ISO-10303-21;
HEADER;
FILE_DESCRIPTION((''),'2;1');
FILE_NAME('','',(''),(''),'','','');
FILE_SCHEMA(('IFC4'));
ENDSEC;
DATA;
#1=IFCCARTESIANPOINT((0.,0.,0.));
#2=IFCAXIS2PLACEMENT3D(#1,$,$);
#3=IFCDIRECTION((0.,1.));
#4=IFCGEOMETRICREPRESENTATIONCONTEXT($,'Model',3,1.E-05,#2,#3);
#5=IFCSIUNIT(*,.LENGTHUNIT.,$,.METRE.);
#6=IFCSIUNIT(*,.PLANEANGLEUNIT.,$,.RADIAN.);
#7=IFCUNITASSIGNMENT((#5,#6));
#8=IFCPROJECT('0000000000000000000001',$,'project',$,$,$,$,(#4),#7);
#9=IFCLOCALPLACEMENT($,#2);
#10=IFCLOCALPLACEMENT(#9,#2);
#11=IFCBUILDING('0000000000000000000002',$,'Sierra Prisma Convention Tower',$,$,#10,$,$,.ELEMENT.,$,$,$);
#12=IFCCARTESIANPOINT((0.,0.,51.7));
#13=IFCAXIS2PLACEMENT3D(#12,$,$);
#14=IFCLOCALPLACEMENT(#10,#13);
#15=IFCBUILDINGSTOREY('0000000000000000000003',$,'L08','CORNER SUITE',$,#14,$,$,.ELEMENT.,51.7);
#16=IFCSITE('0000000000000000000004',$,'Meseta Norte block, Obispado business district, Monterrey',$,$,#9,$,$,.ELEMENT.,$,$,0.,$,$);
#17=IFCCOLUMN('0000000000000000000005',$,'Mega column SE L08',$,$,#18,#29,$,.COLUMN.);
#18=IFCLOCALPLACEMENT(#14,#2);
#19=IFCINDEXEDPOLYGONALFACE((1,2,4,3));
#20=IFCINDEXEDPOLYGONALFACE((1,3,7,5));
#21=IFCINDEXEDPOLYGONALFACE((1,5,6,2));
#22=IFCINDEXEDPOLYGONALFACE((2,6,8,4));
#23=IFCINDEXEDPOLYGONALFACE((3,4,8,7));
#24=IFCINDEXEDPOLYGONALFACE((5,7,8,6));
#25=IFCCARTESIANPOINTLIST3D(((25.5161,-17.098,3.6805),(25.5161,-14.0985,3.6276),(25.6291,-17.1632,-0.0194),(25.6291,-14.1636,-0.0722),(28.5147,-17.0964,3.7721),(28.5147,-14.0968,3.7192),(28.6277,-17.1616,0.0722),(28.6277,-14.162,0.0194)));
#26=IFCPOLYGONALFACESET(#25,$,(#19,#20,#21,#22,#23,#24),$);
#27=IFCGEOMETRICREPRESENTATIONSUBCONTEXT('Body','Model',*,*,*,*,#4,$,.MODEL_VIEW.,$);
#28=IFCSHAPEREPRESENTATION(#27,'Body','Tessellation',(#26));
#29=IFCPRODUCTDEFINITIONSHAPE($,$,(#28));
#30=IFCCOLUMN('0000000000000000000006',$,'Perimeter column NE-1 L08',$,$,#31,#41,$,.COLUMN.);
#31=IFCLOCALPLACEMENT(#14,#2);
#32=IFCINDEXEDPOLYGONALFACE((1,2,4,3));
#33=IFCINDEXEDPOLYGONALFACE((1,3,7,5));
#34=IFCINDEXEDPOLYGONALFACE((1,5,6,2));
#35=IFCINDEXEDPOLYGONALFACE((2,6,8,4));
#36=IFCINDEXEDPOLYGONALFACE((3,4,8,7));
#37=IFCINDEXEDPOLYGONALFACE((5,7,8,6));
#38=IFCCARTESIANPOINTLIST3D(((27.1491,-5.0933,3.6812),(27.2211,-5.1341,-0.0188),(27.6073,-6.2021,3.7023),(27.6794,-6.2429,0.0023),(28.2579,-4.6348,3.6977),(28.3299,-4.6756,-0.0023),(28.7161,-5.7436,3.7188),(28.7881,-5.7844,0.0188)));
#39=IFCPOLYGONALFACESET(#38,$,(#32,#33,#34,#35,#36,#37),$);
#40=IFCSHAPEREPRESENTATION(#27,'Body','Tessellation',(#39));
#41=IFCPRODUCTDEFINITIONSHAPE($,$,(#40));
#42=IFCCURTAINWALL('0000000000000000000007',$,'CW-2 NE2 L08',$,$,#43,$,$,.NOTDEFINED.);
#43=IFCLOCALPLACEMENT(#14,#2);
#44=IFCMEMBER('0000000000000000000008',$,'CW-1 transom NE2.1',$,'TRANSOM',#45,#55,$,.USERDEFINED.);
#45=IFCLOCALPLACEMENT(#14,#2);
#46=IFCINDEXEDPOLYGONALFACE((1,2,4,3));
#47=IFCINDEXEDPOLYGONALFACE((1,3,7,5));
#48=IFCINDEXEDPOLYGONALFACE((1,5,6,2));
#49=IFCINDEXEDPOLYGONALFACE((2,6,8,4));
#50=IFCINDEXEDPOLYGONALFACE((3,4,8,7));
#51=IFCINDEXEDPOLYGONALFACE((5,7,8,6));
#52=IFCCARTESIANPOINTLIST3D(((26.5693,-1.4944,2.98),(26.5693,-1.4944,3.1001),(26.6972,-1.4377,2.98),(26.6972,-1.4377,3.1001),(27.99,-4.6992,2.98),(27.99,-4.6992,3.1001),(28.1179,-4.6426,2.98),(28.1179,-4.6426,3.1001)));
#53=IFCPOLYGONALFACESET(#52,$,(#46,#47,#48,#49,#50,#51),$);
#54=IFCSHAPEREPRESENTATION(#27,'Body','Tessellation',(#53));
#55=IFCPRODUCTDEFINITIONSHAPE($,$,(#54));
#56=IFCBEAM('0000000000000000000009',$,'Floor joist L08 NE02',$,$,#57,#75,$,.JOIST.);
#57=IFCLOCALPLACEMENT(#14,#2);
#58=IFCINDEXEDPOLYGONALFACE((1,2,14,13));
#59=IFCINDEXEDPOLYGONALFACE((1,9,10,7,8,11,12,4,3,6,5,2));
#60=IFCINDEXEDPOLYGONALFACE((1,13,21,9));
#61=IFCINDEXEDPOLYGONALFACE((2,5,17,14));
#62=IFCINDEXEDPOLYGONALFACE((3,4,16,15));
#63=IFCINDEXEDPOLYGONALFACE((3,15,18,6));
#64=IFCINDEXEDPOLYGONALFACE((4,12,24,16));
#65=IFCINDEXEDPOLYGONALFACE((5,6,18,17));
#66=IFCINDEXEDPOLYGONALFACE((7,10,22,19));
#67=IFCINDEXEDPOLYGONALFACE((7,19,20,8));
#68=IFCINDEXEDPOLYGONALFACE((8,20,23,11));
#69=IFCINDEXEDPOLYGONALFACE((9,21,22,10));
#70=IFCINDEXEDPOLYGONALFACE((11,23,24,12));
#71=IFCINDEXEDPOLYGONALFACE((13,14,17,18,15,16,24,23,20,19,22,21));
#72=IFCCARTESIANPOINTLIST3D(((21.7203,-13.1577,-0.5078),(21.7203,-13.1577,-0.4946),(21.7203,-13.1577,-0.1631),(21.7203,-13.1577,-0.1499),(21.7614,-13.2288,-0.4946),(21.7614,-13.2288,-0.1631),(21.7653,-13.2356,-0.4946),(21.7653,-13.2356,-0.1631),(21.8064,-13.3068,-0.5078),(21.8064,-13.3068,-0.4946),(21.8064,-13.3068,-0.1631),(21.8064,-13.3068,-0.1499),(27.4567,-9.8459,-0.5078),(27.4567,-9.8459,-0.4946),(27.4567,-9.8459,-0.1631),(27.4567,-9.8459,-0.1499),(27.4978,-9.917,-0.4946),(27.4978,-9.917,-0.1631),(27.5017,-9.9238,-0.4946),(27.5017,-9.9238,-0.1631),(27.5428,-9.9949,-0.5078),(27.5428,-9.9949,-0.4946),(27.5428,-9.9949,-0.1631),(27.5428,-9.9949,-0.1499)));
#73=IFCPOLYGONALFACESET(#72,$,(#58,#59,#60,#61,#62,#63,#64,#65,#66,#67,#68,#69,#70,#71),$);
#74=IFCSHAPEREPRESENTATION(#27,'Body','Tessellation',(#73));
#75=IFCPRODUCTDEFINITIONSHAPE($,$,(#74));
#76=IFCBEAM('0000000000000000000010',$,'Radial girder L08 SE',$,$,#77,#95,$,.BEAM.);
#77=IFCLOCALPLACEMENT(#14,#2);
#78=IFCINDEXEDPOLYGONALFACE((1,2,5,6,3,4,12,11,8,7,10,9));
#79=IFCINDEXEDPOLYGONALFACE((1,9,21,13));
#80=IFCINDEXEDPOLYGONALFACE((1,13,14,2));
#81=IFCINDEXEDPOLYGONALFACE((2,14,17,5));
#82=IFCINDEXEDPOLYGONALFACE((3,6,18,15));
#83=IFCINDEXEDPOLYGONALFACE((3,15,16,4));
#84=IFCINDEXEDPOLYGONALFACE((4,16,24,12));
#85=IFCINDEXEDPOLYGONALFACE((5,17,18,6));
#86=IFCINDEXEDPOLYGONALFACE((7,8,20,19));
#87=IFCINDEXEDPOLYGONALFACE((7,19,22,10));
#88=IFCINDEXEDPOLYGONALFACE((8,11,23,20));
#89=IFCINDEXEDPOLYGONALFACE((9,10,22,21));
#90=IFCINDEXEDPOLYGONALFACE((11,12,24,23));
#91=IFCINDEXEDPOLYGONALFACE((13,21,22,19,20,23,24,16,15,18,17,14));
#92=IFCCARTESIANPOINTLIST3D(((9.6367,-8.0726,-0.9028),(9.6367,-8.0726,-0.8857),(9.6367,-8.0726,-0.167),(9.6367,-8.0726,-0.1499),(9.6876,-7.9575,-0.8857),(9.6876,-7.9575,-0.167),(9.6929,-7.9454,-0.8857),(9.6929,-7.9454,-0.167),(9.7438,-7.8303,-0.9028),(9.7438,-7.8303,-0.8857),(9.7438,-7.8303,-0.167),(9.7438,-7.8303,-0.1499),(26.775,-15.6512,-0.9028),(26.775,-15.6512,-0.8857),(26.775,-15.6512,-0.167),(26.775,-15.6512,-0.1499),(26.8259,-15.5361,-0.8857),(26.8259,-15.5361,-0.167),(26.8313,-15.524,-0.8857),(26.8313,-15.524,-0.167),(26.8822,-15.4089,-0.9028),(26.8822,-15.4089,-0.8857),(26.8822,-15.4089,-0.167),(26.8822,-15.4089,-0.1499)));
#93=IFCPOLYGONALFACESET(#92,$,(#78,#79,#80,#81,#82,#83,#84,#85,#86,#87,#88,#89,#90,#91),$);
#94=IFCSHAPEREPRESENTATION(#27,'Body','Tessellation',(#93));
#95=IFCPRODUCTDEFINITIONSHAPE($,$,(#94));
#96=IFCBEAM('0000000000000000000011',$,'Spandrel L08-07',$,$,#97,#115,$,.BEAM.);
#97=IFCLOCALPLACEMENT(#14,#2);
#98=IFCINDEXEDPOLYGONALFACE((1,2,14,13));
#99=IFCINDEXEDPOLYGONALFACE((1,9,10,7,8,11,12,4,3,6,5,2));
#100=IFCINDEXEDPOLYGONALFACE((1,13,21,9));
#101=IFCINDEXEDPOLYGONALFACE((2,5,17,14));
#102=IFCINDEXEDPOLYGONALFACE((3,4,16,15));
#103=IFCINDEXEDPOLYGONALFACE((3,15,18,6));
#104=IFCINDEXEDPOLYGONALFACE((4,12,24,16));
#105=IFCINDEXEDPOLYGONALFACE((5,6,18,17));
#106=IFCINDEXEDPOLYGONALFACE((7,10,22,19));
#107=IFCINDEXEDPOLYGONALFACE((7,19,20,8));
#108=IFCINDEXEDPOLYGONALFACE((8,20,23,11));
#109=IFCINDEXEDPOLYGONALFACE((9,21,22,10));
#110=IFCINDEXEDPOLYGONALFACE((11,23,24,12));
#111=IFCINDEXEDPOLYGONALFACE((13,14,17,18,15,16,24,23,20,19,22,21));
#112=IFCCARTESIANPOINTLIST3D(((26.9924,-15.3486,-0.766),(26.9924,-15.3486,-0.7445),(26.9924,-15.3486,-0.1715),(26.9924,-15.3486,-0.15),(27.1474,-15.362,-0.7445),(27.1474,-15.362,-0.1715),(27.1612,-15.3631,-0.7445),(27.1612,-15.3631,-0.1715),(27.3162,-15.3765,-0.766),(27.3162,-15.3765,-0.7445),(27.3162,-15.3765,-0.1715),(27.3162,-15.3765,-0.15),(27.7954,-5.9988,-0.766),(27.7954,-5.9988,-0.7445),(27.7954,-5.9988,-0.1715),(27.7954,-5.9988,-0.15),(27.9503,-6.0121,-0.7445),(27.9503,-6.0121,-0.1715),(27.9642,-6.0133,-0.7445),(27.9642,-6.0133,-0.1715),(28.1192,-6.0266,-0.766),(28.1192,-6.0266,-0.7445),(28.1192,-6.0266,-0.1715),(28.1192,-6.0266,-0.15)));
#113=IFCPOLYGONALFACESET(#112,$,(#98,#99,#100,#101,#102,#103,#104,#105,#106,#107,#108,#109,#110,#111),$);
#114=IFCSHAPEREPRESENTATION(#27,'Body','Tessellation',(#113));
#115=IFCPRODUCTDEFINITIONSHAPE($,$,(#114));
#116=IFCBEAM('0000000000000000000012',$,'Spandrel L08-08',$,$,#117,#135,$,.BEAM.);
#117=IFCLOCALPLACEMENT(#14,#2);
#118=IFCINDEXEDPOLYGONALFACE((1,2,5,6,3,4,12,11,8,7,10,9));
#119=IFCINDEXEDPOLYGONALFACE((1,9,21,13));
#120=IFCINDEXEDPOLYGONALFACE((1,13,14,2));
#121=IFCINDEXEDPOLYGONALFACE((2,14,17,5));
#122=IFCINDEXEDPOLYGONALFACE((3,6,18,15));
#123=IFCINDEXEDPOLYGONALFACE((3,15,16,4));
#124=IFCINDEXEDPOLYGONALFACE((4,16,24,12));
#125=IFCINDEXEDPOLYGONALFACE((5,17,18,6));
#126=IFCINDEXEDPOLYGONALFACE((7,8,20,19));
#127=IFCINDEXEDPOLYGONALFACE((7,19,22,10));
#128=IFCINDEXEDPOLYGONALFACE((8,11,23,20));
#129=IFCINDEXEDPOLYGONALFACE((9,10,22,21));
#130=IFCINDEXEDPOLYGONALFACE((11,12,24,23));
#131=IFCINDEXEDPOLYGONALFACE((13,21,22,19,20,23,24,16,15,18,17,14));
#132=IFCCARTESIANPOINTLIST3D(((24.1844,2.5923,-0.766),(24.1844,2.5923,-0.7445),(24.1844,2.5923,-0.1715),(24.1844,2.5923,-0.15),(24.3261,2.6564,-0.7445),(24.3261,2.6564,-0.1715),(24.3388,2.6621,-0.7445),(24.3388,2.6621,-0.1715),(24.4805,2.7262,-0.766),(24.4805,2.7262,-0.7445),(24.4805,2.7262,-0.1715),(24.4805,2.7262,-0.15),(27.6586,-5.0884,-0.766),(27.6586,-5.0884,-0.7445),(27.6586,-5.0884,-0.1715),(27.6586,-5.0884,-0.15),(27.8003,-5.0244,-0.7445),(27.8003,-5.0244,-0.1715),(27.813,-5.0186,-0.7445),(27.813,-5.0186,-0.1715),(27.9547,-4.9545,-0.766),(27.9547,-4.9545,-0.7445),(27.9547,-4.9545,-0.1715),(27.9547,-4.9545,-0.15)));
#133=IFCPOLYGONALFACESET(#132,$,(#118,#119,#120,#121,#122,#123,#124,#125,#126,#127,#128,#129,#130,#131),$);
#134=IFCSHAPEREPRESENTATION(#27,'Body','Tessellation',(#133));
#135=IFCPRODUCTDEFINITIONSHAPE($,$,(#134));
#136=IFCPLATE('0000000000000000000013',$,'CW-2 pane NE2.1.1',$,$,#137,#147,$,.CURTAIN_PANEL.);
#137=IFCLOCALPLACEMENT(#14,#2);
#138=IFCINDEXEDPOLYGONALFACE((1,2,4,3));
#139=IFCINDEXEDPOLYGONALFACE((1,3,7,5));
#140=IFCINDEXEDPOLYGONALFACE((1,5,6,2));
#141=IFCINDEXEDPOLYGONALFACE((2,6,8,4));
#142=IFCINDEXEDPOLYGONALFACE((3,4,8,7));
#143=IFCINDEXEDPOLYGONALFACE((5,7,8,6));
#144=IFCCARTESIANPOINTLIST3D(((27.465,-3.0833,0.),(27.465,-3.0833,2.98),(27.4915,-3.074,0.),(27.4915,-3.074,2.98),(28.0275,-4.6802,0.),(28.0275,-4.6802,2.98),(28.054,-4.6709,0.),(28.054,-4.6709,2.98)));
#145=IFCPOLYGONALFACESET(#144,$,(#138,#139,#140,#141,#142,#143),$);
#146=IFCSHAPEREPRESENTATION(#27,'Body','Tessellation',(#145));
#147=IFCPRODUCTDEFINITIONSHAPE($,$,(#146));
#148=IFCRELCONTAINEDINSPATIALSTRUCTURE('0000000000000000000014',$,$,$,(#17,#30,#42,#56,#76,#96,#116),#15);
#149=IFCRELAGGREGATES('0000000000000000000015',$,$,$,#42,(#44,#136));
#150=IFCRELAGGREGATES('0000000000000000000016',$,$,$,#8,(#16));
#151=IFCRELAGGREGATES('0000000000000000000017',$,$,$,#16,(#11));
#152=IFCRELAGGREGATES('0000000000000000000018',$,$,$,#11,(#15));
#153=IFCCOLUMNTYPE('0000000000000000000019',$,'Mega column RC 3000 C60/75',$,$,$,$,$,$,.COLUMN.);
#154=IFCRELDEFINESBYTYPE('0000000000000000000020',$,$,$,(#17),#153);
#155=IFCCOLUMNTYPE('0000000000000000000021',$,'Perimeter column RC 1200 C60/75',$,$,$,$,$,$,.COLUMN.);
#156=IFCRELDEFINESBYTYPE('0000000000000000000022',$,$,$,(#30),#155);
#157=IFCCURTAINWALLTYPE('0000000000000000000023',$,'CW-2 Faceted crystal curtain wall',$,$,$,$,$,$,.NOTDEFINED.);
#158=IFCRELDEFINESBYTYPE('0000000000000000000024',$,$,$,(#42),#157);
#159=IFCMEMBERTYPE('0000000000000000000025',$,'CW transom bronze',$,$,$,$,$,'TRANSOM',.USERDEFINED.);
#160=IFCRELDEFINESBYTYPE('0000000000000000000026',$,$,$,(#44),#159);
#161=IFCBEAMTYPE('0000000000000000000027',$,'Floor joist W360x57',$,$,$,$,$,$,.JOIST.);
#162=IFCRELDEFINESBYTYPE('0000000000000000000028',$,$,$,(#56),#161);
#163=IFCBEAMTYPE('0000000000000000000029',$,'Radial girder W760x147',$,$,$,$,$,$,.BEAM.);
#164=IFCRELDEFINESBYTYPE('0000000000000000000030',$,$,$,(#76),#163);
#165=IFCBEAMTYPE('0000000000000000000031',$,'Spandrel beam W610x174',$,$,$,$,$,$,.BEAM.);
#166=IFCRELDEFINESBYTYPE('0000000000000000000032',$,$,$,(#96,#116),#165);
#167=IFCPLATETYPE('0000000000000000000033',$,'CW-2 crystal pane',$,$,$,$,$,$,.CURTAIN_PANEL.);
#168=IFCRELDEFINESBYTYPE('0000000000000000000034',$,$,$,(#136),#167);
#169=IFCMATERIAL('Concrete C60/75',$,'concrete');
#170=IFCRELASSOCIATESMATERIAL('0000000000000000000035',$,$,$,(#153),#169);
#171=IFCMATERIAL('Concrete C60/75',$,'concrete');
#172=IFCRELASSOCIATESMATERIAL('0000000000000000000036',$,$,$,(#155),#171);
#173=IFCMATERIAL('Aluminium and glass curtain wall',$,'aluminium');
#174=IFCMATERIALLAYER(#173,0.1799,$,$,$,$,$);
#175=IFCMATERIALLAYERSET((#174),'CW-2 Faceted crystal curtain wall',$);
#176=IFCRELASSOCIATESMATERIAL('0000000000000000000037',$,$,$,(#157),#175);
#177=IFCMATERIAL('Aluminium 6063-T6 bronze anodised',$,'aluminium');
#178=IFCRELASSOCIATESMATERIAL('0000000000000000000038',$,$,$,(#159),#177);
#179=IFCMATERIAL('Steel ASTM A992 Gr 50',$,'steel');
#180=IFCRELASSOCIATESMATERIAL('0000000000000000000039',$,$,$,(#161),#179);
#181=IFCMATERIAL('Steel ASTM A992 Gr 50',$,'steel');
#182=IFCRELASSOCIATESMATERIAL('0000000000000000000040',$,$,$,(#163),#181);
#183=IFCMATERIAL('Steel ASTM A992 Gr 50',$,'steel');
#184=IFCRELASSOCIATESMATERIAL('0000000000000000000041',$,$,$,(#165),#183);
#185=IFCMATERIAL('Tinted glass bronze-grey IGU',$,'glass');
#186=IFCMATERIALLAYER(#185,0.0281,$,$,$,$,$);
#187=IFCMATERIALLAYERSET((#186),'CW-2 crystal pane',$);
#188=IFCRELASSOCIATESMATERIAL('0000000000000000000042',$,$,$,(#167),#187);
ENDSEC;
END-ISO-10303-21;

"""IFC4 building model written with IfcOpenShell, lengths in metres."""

from ifc_helpers import new_model, si_unit, direction, frame, origin, origin_2d, place, context, subcontext, project, spatial, polyline, rectangle, i_section, outline, extrude, material, layer, layer_set, material_profile, profile_set, type_object, element, aggregate, save


model = new_model("IFC4")

# Units and contexts
model_context = context("Model", 3, precision=1e-05, world=origin(), true_north=direction((0.0, 1.0)))
body_context = subcontext(model_context, "Body", "Model", "MODEL_VIEW")
ifc_project = project(units=[si_unit("LENGTHUNIT", "METRE"), si_unit("PLANEANGLEUNIT", "RADIAN")], contexts=[model_context])

# Site, building, storey
site_placement = place(None, origin())
site = spatial("IfcSite", under=ifc_project, at=site_placement, Name="Meseta Norte block, Obispado business district, Monterrey", CompositionType="ELEMENT", RefElevation=0.0)
building_placement = place(site_placement, origin())
building = spatial("IfcBuilding", under=site, at=building_placement, Name="Sierra Prisma Convention Tower", CompositionType="ELEMENT")
storey_placement = place(building_placement, frame((0.0, 0.0, 51.7)))
storey = spatial("IfcBuildingStorey", under=building, at=storey_placement, Name="L08", Description="CORNER SUITE", CompositionType="ELEMENT", Elevation=51.7)

# Columns
ifc_material_1 = material(Name="Concrete C60/75", Category="concrete")
ifc_material_profile_1 = material_profile(ifc_material_1, rectangle(XDim=3.0, YDim=3.0, at=origin_2d()), Name="Mega column RC 3000 C60/75")
ifc_profile_set_1 = profile_set([ifc_material_profile_1], Name="Concrete C60/75")
column_type_1 = type_object("IfcColumnType", Name="Mega column RC 3000 C60/75", PredefinedType="COLUMN", material=ifc_profile_set_1)
column_1_placement = place(storey_placement, frame((27.1284, -15.6626, 0.0), z_axis=(-0.030532, 0.017607, 0.999379), x_axis=(0.999534, 0.000538, 0.030527)))
element("IfcColumn", 1, at=column_1_placement, inside=storey, type_object=column_type_1, Name="Mega column SE L08", PredefinedType="COLUMN", context=body_context, shape_type="SweptSolid", body=[
    extrude(rectangle(XDim=3.0, YDim=3.0, at=origin_2d()), origin(), (0.0, 0.0, 1.0), 3.7021),
])
ifc_material_2 = material(Name="Concrete C60/75", Category="concrete")
ifc_material_profile_2 = material_profile(ifc_material_2, rectangle(XDim=1.2, YDim=1.2, at=origin_2d()), Name="Perimeter column RC 1200 C60/75")
ifc_profile_set_2 = profile_set([ifc_material_profile_2], Name="Concrete C60/75")
column_type_2 = type_object("IfcColumnType", Name="Perimeter column RC 1200 C60/75", PredefinedType="COLUMN", material=ifc_profile_set_2)
column_2_placement = place(storey_placement, frame((28.0046, -5.4592, 0.0), z_axis=(-0.019461, 0.011017, 0.99975), x_axis=(-0.381855, 0.924054, -0.017616)))
element("IfcColumn", 2, at=column_2_placement, inside=storey, type_object=column_type_2, Name="Perimeter column NE-1 L08", PredefinedType="COLUMN", context=body_context, shape_type="SweptSolid", body=[
    extrude(rectangle(XDim=1.2, YDim=1.2, at=origin_2d()), origin(), (0.0, 0.0, 1.0), 3.7009),
])

# Curtain wall, member
ifc_material_3 = material(Name="Aluminium and glass curtain wall", Category="aluminium")
ifc_layer_1 = layer(ifc_material_3, 0.1799)
ifc_layer_set_1 = layer_set([ifc_layer_1], Name="CW-2 Faceted crystal curtain wall")
curtain_wall_type = type_object("IfcCurtainWallType", Name="CW-2 Faceted crystal curtain wall", PredefinedType="NOTDEFINED", material=ifc_layer_set_1)
curtain_wall_placement = place(storey_placement, origin())
curtain_wall = element("IfcCurtainWall", 3, at=curtain_wall_placement, inside=storey, type_object=curtain_wall_type, Name="CW-2 NE2 L08", PredefinedType="NOTDEFINED")
ifc_material_4 = material(Name="Aluminium 6063-T6 bronze anodised", Category="aluminium")
ifc_material_profile_3 = material_profile(ifc_material_4, rectangle(XDim=0.1399, YDim=0.1201, at=origin_2d()), Name="ALU TRANSOM 120x140")
ifc_profile_set_3 = profile_set([ifc_material_profile_3], Name="Aluminium 6063-T6 bronze anodised")
member_type = type_object("IfcMemberType", Name="CW transom bronze", ElementType="TRANSOM", PredefinedType="USERDEFINED", material=ifc_profile_set_3)
member_placement = place(storey_placement, frame((28.054, -4.6709, 3.04), z_axis=(-0.405253, 0.914205, 0.0), x_axis=(-0.914205, -0.405253, 0.0)))
member = element("IfcMember", 4, at=member_placement, type_object=member_type, Name="CW-1 transom NE2.1", ObjectType="TRANSOM", PredefinedType="USERDEFINED", context=body_context, shape_type="SweptSolid", body=[
    extrude(rectangle(XDim=0.1399, YDim=0.1201, at=origin_2d()), origin(), (0.0, 0.0, 1.0), 3.5056),
])

# Beams
ifc_material_5 = material(Name="Steel ASTM A992 Gr 50", Category="steel")
ifc_material_profile_4 = material_profile(ifc_material_5, i_section(OverallWidth=0.1721, OverallDepth=0.3579, WebThickness=0.0078, FlangeThickness=0.0132, at=origin_2d()), Name="W360x57")
ifc_profile_set_4 = profile_set([ifc_material_profile_4], Name="Steel ASTM A992 Gr 50")
beam_type_1 = type_object("IfcBeamType", Name="Floor joist W360x57", PredefinedType="JOIST", material=ifc_profile_set_4)
beam_1_placement = place(storey_placement, frame((27.4998, -9.9204, -0.3289), z_axis=(-0.866032, -0.499988, 0.0), x_axis=(0.499988, -0.866032, 0.0)))
element("IfcBeam", 5, at=beam_1_placement, inside=storey, type_object=beam_type_1, Name="Floor joist L08 NE02", PredefinedType="JOIST", context=body_context, shape_type="SweptSolid", body=[
    extrude(i_section(OverallWidth=0.1721, OverallDepth=0.3579, WebThickness=0.0078, FlangeThickness=0.0132, at=origin_2d()), origin(), (0.0, 0.0, 1.0), 6.6238),
])
ifc_material_6 = material(Name="Steel ASTM A992 Gr 50", Category="steel")
ifc_material_profile_5 = material_profile(ifc_material_6, i_section(OverallWidth=0.2649, OverallDepth=0.7529, WebThickness=0.0132, FlangeThickness=0.0171, at=origin_2d()), Name="W760x147")
ifc_profile_set_5 = profile_set([ifc_material_profile_5], Name="Steel ASTM A992 Gr 50")
beam_type_2 = type_object("IfcBeamType", Name="Radial girder W760x147", PredefinedType="BEAM", material=ifc_profile_set_5)
beam_2_placement = place(storey_placement, frame((26.8286, -15.53, -0.5264), z_axis=(-0.914572, 0.404424, 0.0), x_axis=(-0.404424, -0.914572, 0.0)))
element("IfcBeam", 6, at=beam_2_placement, inside=storey, type_object=beam_type_2, Name="Radial girder L08 SE", PredefinedType="BEAM", context=body_context, shape_type="SweptSolid", body=[
    extrude(i_section(OverallWidth=0.2649, OverallDepth=0.7529, WebThickness=0.0132, FlangeThickness=0.0171, at=origin_2d()), origin(), (0.0, 0.0, 1.0), 18.7393),
])
ifc_material_7 = material(Name="Steel ASTM A992 Gr 50", Category="steel")
ifc_material_profile_6 = material_profile(ifc_material_7, i_section(OverallWidth=0.325, OverallDepth=0.616, WebThickness=0.0139, FlangeThickness=0.0215, at=origin_2d()), Name="W610x174")
ifc_profile_set_6 = profile_set([ifc_material_profile_6], Name="Steel ASTM A992 Gr 50")
beam_type_3 = type_object("IfcBeamType", Name="Spandrel beam W610x174", PredefinedType="BEAM", material=ifc_profile_set_6)
beam_3_placement = place(storey_placement, frame((27.1543, -15.3625, -0.458), z_axis=(0.085566, 0.996332, 0.0), x_axis=(-0.996332, 0.085566, 0.0)))
element("IfcBeam", 7, at=beam_3_placement, inside=storey, type_object=beam_type_3, Name="Spandrel L08-07", PredefinedType="BEAM", context=body_context, shape_type="SweptSolid", body=[
    extrude(i_section(OverallWidth=0.325, OverallDepth=0.616, WebThickness=0.0139, FlangeThickness=0.0215, at=origin_2d()), origin(), (0.0, 0.0, 1.0), 9.3843),
])
beam_4_placement = place(storey_placement, frame((27.8066, -5.0215, -0.458), z_axis=(-0.412122, 0.911129, 0.0), x_axis=(-0.911129, -0.412122, 0.0)))
element("IfcBeam", 8, at=beam_4_placement, inside=storey, type_object=beam_type_3, Name="Spandrel L08-08", PredefinedType="BEAM", context=body_context, shape_type="SweptSolid", body=[
    extrude(i_section(OverallWidth=0.325, OverallDepth=0.616, WebThickness=0.0139, FlangeThickness=0.0215, at=origin_2d()), origin(), (0.0, 0.0, 1.0), 8.4299),
])

# Plate
ifc_material_8 = material(Name="Tinted glass bronze-grey IGU", Category="glass")
ifc_layer_2 = layer(ifc_material_8, 0.0281)
ifc_layer_set_2 = layer_set([ifc_layer_2], Name="CW-2 crystal pane")
plate_type = type_object("IfcPlateType", Name="CW-2 crystal pane", PredefinedType="CURTAIN_PANEL", material=ifc_layer_set_2)
plate_placement = place(storey_placement, frame((28.054, -4.6709, 0.0), z_axis=(0.943198, 0.332232, 0.0), x_axis=(-0.332232, 0.943198, 0.0)))
plate = element("IfcPlate", 9, at=plate_placement, type_object=plate_type, Name="CW-2 pane NE2.1.1", PredefinedType="CURTAIN_PANEL", context=body_context, shape_type="SweptSolid", body=[
    extrude(outline(polyline([(0.0, 0.0), (1.6931, 0.0), (1.6931, 2.98), (0.0, 2.98), (0.0, 0.0)])), origin(), (0.0, 0.0, -1.0), 0.0281),
])
aggregate(curtain_wall, [member, plate])

save(model, "model.ifc")
